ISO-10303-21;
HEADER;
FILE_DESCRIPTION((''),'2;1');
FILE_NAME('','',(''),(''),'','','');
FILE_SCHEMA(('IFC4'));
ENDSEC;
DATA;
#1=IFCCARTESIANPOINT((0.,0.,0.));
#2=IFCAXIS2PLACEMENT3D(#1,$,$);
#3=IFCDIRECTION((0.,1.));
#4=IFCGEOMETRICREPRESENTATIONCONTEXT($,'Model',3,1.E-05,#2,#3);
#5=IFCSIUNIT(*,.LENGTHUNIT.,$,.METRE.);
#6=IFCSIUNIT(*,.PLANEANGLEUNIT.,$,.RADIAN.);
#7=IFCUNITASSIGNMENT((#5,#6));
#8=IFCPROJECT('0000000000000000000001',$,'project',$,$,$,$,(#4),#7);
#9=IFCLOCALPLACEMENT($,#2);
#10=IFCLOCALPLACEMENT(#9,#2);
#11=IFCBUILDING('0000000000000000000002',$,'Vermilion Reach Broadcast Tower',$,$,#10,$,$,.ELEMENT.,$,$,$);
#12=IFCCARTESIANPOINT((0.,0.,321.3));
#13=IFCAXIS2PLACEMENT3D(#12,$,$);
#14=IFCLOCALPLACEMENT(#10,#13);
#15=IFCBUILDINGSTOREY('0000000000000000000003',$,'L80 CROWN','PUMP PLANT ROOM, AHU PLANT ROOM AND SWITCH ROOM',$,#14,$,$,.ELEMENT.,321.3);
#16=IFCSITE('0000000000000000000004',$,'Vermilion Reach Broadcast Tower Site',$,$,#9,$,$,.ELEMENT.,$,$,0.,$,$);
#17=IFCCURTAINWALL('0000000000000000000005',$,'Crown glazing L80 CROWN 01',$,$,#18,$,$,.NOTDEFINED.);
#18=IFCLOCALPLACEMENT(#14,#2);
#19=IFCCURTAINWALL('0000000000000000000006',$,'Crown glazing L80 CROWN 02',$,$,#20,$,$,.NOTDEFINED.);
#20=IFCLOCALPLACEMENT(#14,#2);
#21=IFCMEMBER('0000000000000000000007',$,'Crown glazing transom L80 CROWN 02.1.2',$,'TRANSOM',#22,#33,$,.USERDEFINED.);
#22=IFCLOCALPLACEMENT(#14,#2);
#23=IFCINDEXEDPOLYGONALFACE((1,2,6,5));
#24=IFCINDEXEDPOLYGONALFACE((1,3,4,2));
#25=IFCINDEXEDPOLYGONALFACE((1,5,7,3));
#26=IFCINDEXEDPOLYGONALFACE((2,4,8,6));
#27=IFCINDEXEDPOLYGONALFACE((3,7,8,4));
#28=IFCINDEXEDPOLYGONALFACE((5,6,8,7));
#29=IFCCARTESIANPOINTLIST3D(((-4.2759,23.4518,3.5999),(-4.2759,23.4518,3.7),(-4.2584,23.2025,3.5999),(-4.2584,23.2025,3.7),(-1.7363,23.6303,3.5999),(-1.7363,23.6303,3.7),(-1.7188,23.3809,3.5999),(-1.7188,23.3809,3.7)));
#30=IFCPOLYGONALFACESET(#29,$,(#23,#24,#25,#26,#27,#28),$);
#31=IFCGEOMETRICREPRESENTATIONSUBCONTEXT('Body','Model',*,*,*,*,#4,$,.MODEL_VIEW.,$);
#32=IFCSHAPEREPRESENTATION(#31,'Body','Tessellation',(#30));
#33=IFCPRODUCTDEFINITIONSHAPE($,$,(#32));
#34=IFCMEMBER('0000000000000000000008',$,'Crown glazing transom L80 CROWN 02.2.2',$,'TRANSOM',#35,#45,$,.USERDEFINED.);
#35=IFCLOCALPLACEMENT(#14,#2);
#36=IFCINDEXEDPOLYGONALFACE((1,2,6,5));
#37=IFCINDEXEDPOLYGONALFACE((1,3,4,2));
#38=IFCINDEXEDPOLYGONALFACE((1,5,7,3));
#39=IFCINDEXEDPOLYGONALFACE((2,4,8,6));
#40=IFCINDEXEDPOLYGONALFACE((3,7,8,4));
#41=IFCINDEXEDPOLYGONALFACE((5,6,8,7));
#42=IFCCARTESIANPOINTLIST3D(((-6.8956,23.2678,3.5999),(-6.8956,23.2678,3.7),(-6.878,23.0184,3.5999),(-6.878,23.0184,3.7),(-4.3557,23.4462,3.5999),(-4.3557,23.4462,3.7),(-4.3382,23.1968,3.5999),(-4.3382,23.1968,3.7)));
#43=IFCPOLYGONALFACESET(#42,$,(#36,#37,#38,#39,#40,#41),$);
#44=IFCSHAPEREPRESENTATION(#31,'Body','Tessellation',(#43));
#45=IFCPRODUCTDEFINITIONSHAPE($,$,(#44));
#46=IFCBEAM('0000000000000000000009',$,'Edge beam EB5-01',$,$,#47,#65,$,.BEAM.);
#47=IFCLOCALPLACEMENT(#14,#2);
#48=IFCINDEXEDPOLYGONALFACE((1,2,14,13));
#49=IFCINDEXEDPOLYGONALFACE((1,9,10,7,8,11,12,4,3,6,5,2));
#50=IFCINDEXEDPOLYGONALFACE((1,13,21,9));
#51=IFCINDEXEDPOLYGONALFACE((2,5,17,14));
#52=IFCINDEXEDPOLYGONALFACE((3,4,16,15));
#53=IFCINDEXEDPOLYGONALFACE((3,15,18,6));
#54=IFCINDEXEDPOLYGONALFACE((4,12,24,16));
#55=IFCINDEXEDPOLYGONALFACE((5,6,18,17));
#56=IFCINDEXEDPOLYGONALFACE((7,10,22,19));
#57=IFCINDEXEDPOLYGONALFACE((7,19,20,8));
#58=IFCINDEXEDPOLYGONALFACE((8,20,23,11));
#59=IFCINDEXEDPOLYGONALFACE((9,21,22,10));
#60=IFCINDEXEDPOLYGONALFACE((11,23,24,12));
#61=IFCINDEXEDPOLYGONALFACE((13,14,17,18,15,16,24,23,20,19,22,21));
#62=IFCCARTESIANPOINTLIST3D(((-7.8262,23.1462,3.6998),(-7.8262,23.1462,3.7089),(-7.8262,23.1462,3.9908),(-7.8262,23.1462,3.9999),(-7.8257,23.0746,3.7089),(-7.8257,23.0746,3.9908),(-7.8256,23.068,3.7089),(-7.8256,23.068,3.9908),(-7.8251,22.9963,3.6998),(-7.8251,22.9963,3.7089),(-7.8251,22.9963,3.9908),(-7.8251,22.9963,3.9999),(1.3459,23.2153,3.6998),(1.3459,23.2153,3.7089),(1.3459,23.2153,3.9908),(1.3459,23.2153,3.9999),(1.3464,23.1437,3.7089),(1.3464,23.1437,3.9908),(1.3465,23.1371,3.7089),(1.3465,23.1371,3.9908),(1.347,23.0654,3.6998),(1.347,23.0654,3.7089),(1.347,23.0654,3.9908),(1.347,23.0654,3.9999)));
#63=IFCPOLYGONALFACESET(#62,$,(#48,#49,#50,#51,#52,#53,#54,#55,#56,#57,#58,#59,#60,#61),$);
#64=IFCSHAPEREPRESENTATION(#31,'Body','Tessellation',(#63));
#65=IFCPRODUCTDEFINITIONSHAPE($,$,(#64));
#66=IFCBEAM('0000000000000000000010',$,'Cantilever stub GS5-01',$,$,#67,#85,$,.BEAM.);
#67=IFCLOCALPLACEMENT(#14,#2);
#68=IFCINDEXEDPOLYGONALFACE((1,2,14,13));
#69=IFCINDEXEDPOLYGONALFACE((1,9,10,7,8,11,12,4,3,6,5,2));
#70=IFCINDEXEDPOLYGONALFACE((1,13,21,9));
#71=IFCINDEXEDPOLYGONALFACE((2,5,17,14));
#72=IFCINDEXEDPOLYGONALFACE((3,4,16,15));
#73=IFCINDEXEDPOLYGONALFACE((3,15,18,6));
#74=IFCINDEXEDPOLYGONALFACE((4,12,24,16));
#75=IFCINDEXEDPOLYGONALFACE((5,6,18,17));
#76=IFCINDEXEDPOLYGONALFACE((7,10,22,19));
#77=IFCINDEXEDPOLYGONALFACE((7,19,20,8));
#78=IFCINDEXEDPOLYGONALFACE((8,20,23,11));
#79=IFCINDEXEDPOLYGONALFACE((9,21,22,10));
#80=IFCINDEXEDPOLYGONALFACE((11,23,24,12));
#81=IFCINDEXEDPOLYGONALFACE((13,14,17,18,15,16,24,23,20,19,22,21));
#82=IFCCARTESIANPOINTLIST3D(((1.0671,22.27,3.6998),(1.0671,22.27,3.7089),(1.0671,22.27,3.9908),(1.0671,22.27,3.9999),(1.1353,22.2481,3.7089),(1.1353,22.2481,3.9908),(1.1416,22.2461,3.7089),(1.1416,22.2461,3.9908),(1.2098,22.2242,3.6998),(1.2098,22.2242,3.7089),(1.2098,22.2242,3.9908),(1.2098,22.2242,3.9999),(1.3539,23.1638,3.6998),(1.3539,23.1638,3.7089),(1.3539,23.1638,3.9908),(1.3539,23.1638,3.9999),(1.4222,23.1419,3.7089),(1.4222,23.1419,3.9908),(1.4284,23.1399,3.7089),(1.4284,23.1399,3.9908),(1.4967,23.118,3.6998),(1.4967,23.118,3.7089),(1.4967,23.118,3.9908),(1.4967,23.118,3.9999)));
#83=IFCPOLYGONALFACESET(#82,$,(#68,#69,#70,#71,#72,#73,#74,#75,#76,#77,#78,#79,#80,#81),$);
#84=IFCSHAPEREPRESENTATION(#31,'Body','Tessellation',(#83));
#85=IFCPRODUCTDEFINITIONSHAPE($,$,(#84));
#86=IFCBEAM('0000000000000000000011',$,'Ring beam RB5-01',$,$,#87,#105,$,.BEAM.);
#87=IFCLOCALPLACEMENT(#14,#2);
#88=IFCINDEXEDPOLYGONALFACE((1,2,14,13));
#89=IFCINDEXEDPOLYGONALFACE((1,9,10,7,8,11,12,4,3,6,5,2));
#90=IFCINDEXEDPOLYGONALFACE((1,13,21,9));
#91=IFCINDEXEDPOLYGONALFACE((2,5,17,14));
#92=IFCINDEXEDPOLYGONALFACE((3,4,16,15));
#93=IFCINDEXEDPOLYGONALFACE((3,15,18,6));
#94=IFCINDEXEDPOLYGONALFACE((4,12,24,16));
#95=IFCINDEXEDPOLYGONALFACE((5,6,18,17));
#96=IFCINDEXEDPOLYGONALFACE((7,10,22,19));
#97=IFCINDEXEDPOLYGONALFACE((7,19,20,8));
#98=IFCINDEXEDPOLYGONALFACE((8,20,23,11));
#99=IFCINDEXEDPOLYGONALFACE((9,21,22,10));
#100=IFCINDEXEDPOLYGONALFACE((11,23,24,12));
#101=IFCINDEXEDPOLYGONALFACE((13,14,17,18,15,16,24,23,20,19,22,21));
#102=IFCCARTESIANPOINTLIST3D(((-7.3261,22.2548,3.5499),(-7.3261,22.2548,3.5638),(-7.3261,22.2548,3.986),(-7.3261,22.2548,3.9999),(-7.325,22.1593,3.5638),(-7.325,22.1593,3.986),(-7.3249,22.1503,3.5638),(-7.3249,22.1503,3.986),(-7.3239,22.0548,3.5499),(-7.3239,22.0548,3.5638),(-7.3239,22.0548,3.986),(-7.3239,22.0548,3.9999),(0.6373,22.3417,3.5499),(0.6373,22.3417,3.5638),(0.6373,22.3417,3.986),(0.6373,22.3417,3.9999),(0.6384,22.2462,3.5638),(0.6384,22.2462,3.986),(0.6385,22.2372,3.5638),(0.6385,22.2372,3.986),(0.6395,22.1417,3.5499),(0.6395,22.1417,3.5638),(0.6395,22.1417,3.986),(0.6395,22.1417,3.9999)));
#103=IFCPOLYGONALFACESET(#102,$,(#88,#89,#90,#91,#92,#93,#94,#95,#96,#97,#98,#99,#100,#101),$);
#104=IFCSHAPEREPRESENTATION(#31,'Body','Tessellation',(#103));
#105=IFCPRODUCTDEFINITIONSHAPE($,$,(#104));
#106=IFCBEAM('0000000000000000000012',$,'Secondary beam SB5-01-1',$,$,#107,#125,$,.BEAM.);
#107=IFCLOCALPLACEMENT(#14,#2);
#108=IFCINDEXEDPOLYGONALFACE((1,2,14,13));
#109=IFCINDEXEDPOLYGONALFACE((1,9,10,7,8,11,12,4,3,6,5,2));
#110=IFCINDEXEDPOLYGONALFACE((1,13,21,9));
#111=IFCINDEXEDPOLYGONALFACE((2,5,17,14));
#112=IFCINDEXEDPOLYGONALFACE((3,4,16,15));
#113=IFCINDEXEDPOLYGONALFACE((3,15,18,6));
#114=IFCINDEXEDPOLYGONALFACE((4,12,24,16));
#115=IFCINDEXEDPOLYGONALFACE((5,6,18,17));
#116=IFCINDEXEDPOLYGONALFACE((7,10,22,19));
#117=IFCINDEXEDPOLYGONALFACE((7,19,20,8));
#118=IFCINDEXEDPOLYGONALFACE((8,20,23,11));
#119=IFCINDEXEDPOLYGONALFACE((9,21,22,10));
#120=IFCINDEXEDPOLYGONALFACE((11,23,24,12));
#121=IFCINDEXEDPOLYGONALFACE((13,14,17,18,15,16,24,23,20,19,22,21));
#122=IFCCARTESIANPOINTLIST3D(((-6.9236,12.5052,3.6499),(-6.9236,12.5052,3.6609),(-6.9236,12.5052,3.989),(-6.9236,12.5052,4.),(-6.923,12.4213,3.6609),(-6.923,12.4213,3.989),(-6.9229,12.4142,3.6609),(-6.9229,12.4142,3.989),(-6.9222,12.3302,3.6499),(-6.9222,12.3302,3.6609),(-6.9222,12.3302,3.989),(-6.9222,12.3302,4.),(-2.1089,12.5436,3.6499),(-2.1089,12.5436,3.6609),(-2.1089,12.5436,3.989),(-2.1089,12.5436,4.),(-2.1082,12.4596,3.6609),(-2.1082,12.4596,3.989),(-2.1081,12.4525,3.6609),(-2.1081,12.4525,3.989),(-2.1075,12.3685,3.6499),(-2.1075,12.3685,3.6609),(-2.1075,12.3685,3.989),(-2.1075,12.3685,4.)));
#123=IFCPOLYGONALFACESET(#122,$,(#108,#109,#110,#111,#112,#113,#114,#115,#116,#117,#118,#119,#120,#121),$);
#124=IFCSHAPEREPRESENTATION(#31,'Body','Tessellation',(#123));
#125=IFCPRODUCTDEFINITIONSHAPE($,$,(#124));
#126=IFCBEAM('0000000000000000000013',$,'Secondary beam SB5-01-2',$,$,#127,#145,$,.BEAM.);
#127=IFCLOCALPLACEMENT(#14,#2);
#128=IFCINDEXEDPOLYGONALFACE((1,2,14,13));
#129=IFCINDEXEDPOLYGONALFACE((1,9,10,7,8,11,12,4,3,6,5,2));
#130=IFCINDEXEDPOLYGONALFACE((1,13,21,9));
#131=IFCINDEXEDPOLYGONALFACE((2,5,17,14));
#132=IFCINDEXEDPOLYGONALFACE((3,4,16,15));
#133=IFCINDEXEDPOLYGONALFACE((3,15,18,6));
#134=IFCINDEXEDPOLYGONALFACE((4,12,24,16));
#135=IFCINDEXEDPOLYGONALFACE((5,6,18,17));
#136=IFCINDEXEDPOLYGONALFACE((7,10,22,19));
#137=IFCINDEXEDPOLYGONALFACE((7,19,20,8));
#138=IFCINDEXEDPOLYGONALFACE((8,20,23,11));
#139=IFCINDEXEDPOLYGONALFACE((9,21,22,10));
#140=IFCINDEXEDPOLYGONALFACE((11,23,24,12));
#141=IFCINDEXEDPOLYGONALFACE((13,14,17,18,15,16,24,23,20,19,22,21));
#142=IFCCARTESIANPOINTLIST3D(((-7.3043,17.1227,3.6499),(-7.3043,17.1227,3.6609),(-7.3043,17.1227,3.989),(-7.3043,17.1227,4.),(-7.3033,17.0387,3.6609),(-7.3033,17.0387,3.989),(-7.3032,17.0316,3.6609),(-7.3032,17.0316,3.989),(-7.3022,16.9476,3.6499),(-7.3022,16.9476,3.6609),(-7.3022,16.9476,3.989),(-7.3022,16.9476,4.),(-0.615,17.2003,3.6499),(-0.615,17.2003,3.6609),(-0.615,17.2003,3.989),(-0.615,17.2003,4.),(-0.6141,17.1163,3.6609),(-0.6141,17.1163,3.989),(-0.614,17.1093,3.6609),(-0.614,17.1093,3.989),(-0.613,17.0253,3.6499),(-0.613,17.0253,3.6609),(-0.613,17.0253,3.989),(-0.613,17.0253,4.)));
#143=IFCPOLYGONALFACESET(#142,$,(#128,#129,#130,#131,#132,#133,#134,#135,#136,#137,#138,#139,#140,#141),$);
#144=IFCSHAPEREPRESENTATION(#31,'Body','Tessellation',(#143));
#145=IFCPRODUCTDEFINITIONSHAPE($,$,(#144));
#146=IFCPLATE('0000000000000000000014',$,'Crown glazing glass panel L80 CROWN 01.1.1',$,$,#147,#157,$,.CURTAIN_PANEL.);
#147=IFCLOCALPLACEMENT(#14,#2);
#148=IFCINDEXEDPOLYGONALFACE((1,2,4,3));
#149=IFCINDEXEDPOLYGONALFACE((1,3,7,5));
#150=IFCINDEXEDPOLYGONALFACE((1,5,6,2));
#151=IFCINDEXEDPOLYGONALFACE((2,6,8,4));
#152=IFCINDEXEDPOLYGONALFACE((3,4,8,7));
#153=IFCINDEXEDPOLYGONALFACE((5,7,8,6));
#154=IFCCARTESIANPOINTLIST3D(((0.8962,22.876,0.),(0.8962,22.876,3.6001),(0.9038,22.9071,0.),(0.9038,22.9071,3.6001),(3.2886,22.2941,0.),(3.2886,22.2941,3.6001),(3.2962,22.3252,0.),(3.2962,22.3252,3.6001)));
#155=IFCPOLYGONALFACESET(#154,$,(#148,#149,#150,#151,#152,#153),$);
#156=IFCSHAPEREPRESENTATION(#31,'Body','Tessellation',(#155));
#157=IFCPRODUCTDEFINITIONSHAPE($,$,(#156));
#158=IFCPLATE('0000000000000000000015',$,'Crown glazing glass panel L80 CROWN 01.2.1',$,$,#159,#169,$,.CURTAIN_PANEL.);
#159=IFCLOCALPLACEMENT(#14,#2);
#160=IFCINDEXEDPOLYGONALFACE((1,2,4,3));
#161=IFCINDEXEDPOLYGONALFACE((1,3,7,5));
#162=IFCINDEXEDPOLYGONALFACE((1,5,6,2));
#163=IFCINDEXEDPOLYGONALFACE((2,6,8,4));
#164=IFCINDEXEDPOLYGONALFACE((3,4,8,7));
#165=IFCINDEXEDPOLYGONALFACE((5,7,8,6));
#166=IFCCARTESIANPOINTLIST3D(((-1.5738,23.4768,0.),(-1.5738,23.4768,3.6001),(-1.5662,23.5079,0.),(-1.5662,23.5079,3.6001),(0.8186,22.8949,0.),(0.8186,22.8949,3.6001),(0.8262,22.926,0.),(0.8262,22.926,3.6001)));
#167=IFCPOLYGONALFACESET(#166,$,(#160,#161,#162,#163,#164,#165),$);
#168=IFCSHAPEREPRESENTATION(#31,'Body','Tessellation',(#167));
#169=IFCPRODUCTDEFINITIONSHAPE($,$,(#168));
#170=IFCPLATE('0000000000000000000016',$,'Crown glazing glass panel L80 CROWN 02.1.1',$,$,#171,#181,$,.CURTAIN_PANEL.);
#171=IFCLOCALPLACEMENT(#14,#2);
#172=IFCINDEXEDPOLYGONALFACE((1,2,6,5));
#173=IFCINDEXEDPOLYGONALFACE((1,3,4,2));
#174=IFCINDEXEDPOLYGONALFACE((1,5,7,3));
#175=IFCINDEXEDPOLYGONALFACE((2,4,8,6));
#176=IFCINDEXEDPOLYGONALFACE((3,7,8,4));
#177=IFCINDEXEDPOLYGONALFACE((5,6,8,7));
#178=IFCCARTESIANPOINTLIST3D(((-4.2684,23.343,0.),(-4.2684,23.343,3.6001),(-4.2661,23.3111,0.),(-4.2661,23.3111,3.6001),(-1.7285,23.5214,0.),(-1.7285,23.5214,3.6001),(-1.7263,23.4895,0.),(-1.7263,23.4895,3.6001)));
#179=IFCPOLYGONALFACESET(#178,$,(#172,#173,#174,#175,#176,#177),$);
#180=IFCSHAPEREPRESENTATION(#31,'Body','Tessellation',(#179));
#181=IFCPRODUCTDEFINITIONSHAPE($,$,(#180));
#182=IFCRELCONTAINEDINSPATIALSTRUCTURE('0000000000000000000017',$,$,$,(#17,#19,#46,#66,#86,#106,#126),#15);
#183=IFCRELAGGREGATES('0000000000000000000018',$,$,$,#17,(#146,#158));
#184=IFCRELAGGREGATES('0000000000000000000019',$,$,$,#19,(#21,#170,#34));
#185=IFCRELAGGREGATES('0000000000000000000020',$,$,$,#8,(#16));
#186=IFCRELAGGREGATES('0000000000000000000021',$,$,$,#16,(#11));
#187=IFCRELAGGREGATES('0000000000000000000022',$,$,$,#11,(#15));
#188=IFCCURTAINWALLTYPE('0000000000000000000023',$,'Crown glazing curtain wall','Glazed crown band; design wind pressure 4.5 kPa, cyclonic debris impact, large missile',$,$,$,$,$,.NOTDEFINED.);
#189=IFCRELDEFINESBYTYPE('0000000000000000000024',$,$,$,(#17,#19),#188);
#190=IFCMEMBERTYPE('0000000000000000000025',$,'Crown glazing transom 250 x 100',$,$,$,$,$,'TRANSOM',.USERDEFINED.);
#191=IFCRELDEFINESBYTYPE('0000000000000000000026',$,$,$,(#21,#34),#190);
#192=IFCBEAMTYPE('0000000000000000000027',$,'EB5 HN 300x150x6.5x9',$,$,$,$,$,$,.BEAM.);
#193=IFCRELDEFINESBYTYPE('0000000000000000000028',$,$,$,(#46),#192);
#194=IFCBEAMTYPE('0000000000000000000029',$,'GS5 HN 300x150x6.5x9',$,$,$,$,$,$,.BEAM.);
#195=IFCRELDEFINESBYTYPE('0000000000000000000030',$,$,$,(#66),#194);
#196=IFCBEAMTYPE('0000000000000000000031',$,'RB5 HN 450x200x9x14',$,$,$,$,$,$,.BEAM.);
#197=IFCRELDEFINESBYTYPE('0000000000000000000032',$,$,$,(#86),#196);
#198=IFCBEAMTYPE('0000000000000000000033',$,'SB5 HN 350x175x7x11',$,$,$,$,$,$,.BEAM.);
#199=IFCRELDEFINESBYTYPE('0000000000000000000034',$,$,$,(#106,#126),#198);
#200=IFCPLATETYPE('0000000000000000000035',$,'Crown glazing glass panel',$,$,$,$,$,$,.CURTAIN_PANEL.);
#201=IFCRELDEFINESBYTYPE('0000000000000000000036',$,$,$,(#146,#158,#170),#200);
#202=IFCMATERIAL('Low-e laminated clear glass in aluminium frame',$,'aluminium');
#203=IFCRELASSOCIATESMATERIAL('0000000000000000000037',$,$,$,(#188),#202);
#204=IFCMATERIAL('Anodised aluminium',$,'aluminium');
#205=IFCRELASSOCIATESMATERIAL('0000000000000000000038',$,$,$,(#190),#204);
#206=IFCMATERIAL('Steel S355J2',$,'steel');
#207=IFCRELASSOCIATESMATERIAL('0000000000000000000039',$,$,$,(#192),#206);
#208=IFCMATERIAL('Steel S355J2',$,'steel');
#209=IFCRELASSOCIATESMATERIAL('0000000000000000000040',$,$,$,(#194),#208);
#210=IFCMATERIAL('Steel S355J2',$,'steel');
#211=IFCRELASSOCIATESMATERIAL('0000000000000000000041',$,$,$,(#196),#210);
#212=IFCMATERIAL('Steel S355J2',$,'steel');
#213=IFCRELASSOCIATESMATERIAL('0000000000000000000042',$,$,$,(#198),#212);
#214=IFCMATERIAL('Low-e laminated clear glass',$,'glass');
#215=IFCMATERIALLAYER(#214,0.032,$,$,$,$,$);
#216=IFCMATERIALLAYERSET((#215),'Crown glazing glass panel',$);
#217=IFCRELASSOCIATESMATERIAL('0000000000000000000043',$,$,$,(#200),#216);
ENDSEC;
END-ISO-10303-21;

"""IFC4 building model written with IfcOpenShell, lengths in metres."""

from ifc_helpers import new_model, si_unit, direction, frame, origin, origin_2d, place, context, subcontext, project, spatial, rectangle, i_section, extrude, material, layer, layer_set, material_profile, profile_set, type_object, element, aggregate, save


model = new_model("IFC4")

# Units and contexts
model_context = context("Model", 3, precision=1e-05, world=origin(), true_north=direction((0.0, 1.0)))
body_context = subcontext(model_context, "Body", "Model", "MODEL_VIEW")
ifc_project = project(units=[si_unit("LENGTHUNIT", "METRE"), si_unit("PLANEANGLEUNIT", "RADIAN")], contexts=[model_context])

# Site, building, storey
site_placement = place(None, origin())
site = spatial("IfcSite", under=ifc_project, at=site_placement, Name="Vermilion Reach Broadcast Tower Site", CompositionType="ELEMENT", RefElevation=0.0)
building_placement = place(site_placement, origin())
building = spatial("IfcBuilding", under=site, at=building_placement, Name="Vermilion Reach Broadcast Tower", CompositionType="ELEMENT")
storey_placement = place(building_placement, frame((0.0, 0.0, 321.3)))
storey = spatial("IfcBuildingStorey", under=building, at=storey_placement, Name="L80 CROWN", Description="PUMP PLANT ROOM, AHU PLANT ROOM AND SWITCH ROOM", CompositionType="ELEMENT", Elevation=321.3)

# Curtain walls
ifc_material_1 = material(Name="Low-e laminated clear glass in aluminium frame", Category="aluminium")
curtain_wall_type = type_object("IfcCurtainWallType", Name="Crown glazing curtain wall", Description="Glazed crown band; design wind pressure 4.5 kPa, cyclonic debris impact, large missile", PredefinedType="NOTDEFINED", material=ifc_material_1)
placement = place(storey_placement, origin())
curtain_wall_1 = element("IfcCurtainWall", 1, at=placement, inside=storey, type_object=curtain_wall_type, Name="Crown glazing L80 CROWN 01", PredefinedType="NOTDEFINED")
curtain_wall_2 = element("IfcCurtainWall", 2, at=placement, inside=storey, type_object=curtain_wall_type, Name="Crown glazing L80 CROWN 02", PredefinedType="NOTDEFINED")

# Members
ifc_material_2 = material(Name="Anodised aluminium", Category="aluminium")
ifc_material_profile_1 = material_profile(ifc_material_2, rectangle(XDim=0.25, YDim=0.1001, at=origin_2d()), Name="Crown glazing transom 250 x 100")
ifc_profile_set_1 = profile_set([ifc_material_profile_1], Name="Anodised aluminium")
member_type_1 = type_object("IfcMemberType", Name="Crown glazing transom 250 x 100", ElementType="TRANSOM", PredefinedType="USERDEFINED", material=ifc_profile_set_1)
member_1_placement = place(storey_placement, frame((-1.7275, 23.5056, 3.6499), z_axis=(-0.99754, -0.070102, 0.0), x_axis=(0.070102, -0.99754, 0.0)))
member_1 = element("IfcMember", 3, at=member_1_placement, type_object=member_type_1, Name="Crown glazing transom L80 CROWN 02.1.2", ObjectType="TRANSOM", PredefinedType="USERDEFINED", context=body_context, shape_type="SweptSolid", body=[
    extrude(rectangle(XDim=0.25, YDim=0.1001, at=origin_2d()), origin(), (0.0, 0.0, 1.0), 2.5459),
])
member_2_placement = place(storey_placement, frame((-4.3469, 23.3215, 3.6499), z_axis=(-0.99754, -0.070095, 0.0), x_axis=(0.070095, -0.99754, 0.0)))
member_2 = element("IfcMember", 4, at=member_2_placement, type_object=member_type_1, Name="Crown glazing transom L80 CROWN 02.2.2", ObjectType="TRANSOM", PredefinedType="USERDEFINED", context=body_context, shape_type="SweptSolid", body=[
    extrude(rectangle(XDim=0.25, YDim=0.1001, at=origin_2d()), origin(), (0.0, 0.0, 1.0), 2.5461),
])

# Beams
ifc_material_3 = material(Name="Steel S355J2", Category="steel")
ifc_material_profile_2 = material_profile(ifc_material_3, i_section(OverallWidth=0.1499, OverallDepth=0.3, WebThickness=0.0066, FlangeThickness=0.009, at=origin_2d()), Name="S355J2 HN 300x150x6.5x9")
ifc_profile_set_2 = profile_set([ifc_material_profile_2], Name="Steel S355J2")
beam_type_1 = type_object("IfcBeamType", Name="EB5 HN 300x150x6.5x9", PredefinedType="BEAM", material=ifc_profile_set_2)
beam_1_placement = place(storey_placement, frame((1.3464, 23.1404, 3.8499), z_axis=(-0.999972, -0.007533, 0.0), x_axis=(0.007533, -0.999972, 0.0)))
element("IfcBeam", 5, at=beam_1_placement, inside=storey, type_object=beam_type_1, Name="Edge beam EB5-01", PredefinedType="BEAM", context=body_context, shape_type="SweptSolid", body=[
    extrude(i_section(OverallWidth=0.1499, OverallDepth=0.3, WebThickness=0.0066, FlangeThickness=0.009, at=origin_2d()), origin(), (0.0, 0.0, 1.0), 9.1724),
])
ifc_material_4 = material(Name="Steel S355J2", Category="steel")
ifc_material_profile_3 = material_profile(ifc_material_4, i_section(OverallWidth=0.1499, OverallDepth=0.3, WebThickness=0.0066, FlangeThickness=0.009, at=origin_2d()), Name="S355J2 HN 300x150x6.5x9")
ifc_profile_set_3 = profile_set([ifc_material_profile_3], Name="Steel S355J2")
beam_type_2 = type_object("IfcBeamType", Name="GS5 HN 300x150x6.5x9", PredefinedType="BEAM", material=ifc_profile_set_3)
beam_2_placement = place(storey_placement, frame((1.1384, 22.2471, 3.8499), z_axis=(0.305597, 0.952161, 0.0), x_axis=(-0.952161, 0.305597, 0.0)))
element("IfcBeam", 6, at=beam_2_placement, inside=storey, type_object=beam_type_2, Name="Cantilever stub GS5-01", PredefinedType="BEAM", context=body_context, shape_type="SweptSolid", body=[
    extrude(i_section(OverallWidth=0.1499, OverallDepth=0.3, WebThickness=0.0066, FlangeThickness=0.009, at=origin_2d()), origin(), (0.0, 0.0, 1.0), 0.9387),
])
ifc_material_5 = material(Name="Steel S355J2", Category="steel")
ifc_material_profile_4 = material_profile(ifc_material_5, i_section(OverallWidth=0.2, OverallDepth=0.45, WebThickness=0.009, FlangeThickness=0.0139, at=origin_2d()), Name="S355J2 HN 450x200x9x14")
ifc_profile_set_4 = profile_set([ifc_material_profile_4], Name="Steel S355J2")
beam_type_3 = type_object("IfcBeamType", Name="RB5 HN 450x200x9x14", PredefinedType="BEAM", material=ifc_profile_set_4)
beam_3_placement = place(storey_placement, frame((0.6384, 22.2417, 3.7749), z_axis=(-0.99994, -0.010914, 0.0), x_axis=(0.010914, -0.99994, 0.0)))
element("IfcBeam", 7, at=beam_3_placement, inside=storey, type_object=beam_type_3, Name="Ring beam RB5-01", PredefinedType="BEAM", context=body_context, shape_type="SweptSolid", body=[
    extrude(i_section(OverallWidth=0.2, OverallDepth=0.45, WebThickness=0.009, FlangeThickness=0.0139, at=origin_2d()), origin(), (0.0, 0.0, 1.0), 7.9639),
])
ifc_material_6 = material(Name="Steel S355J2", Category="steel")
ifc_material_profile_5 = material_profile(ifc_material_6, i_section(OverallWidth=0.175, OverallDepth=0.3501, WebThickness=0.0071, FlangeThickness=0.011, at=origin_2d()), Name="S355J2 HN 350x175x7x11")
ifc_profile_set_5 = profile_set([ifc_material_profile_5], Name="Steel S355J2")
beam_type_4 = type_object("IfcBeamType", Name="SB5 HN 350x175x7x11", PredefinedType="BEAM", material=ifc_profile_set_5)
beam_4_placement = place(storey_placement, frame((-2.1082, 12.4561, 3.825), z_axis=(-0.999968, -0.007961, 0.0), x_axis=(0.007961, -0.999968, 0.0)))
element("IfcBeam", 8, at=beam_4_placement, inside=storey, type_object=beam_type_4, Name="Secondary beam SB5-01-1", PredefinedType="BEAM", context=body_context, shape_type="SweptSolid", body=[
    extrude(i_section(OverallWidth=0.175, OverallDepth=0.3501, WebThickness=0.0071, FlangeThickness=0.011, at=origin_2d()), origin(), (0.0, 0.0, 1.0), 4.8149),
])
beam_5_placement = place(storey_placement, frame((-0.614, 17.1128, 3.825), z_axis=(-0.999933, -0.011605, 0.0), x_axis=(0.011605, -0.999933, 0.0)))
element("IfcBeam", 9, at=beam_5_placement, inside=storey, type_object=beam_type_4, Name="Secondary beam SB5-01-2", PredefinedType="BEAM", context=body_context, shape_type="SweptSolid", body=[
    extrude(i_section(OverallWidth=0.175, OverallDepth=0.3501, WebThickness=0.0071, FlangeThickness=0.011, at=origin_2d()), origin(), (0.0, 0.0, 1.0), 6.6897),
])

# Plates
ifc_material_7 = material(Name="Low-e laminated clear glass", Category="glass")
ifc_layer_1 = layer(ifc_material_7, 0.032)
ifc_layer_set_1 = layer_set([ifc_layer_1], Name="Crown glazing glass panel")
plate_type = type_object("IfcPlateType", Name="Crown glazing glass panel", PredefinedType="CURTAIN_PANEL", material=ifc_layer_set_1)
plate_1_placement = place(storey_placement, frame((2.0962, 22.6006, 0.0), z_axis=(0.0, 0.0, 1.0), x_axis=(-0.971667, 0.236354, 0.0)))
plate_1 = element("IfcPlate", 10, at=plate_1_placement, type_object=plate_type, Name="Crown glazing glass panel L80 CROWN 01.1.1", PredefinedType="CURTAIN_PANEL", context=body_context, shape_type="SweptSolid", body=[
    extrude(rectangle(XDim=2.4622, YDim=0.032, at=origin_2d()), origin(), (0.0, 0.0, 1.0), 3.6001),
])
plate_2_placement = place(storey_placement, frame((-0.3738, 23.2014, 0.0), z_axis=(0.0, 0.0, 1.0), x_axis=(-0.971667, 0.236354, 0.0)))
plate_2 = element("IfcPlate", 11, at=plate_2_placement, type_object=plate_type, Name="Crown glazing glass panel L80 CROWN 01.2.1", PredefinedType="CURTAIN_PANEL", context=body_context, shape_type="SweptSolid", body=[
    extrude(rectangle(XDim=2.4622, YDim=0.032, at=origin_2d()), origin(), (0.0, 0.0, 1.0), 3.6001),
])
aggregate(curtain_wall_1, [plate_1, plate_2])
plate_3_placement = place(storey_placement, frame((-2.9973, 23.4163, 0.0), z_axis=(0.0, 0.0, 1.0), x_axis=(-0.997541, -0.070082, 0.0)))
plate_3 = element("IfcPlate", 12, at=plate_3_placement, type_object=plate_type, Name="Crown glazing glass panel L80 CROWN 02.1.1", PredefinedType="CURTAIN_PANEL", context=body_context, shape_type="SweptSolid", body=[
    extrude(rectangle(XDim=2.5461, YDim=0.032, at=origin_2d()), origin(), (0.0, 0.0, 1.0), 3.6001),
])
aggregate(curtain_wall_2, [member_1, plate_3, member_2])

save(model, "model.ifc")
